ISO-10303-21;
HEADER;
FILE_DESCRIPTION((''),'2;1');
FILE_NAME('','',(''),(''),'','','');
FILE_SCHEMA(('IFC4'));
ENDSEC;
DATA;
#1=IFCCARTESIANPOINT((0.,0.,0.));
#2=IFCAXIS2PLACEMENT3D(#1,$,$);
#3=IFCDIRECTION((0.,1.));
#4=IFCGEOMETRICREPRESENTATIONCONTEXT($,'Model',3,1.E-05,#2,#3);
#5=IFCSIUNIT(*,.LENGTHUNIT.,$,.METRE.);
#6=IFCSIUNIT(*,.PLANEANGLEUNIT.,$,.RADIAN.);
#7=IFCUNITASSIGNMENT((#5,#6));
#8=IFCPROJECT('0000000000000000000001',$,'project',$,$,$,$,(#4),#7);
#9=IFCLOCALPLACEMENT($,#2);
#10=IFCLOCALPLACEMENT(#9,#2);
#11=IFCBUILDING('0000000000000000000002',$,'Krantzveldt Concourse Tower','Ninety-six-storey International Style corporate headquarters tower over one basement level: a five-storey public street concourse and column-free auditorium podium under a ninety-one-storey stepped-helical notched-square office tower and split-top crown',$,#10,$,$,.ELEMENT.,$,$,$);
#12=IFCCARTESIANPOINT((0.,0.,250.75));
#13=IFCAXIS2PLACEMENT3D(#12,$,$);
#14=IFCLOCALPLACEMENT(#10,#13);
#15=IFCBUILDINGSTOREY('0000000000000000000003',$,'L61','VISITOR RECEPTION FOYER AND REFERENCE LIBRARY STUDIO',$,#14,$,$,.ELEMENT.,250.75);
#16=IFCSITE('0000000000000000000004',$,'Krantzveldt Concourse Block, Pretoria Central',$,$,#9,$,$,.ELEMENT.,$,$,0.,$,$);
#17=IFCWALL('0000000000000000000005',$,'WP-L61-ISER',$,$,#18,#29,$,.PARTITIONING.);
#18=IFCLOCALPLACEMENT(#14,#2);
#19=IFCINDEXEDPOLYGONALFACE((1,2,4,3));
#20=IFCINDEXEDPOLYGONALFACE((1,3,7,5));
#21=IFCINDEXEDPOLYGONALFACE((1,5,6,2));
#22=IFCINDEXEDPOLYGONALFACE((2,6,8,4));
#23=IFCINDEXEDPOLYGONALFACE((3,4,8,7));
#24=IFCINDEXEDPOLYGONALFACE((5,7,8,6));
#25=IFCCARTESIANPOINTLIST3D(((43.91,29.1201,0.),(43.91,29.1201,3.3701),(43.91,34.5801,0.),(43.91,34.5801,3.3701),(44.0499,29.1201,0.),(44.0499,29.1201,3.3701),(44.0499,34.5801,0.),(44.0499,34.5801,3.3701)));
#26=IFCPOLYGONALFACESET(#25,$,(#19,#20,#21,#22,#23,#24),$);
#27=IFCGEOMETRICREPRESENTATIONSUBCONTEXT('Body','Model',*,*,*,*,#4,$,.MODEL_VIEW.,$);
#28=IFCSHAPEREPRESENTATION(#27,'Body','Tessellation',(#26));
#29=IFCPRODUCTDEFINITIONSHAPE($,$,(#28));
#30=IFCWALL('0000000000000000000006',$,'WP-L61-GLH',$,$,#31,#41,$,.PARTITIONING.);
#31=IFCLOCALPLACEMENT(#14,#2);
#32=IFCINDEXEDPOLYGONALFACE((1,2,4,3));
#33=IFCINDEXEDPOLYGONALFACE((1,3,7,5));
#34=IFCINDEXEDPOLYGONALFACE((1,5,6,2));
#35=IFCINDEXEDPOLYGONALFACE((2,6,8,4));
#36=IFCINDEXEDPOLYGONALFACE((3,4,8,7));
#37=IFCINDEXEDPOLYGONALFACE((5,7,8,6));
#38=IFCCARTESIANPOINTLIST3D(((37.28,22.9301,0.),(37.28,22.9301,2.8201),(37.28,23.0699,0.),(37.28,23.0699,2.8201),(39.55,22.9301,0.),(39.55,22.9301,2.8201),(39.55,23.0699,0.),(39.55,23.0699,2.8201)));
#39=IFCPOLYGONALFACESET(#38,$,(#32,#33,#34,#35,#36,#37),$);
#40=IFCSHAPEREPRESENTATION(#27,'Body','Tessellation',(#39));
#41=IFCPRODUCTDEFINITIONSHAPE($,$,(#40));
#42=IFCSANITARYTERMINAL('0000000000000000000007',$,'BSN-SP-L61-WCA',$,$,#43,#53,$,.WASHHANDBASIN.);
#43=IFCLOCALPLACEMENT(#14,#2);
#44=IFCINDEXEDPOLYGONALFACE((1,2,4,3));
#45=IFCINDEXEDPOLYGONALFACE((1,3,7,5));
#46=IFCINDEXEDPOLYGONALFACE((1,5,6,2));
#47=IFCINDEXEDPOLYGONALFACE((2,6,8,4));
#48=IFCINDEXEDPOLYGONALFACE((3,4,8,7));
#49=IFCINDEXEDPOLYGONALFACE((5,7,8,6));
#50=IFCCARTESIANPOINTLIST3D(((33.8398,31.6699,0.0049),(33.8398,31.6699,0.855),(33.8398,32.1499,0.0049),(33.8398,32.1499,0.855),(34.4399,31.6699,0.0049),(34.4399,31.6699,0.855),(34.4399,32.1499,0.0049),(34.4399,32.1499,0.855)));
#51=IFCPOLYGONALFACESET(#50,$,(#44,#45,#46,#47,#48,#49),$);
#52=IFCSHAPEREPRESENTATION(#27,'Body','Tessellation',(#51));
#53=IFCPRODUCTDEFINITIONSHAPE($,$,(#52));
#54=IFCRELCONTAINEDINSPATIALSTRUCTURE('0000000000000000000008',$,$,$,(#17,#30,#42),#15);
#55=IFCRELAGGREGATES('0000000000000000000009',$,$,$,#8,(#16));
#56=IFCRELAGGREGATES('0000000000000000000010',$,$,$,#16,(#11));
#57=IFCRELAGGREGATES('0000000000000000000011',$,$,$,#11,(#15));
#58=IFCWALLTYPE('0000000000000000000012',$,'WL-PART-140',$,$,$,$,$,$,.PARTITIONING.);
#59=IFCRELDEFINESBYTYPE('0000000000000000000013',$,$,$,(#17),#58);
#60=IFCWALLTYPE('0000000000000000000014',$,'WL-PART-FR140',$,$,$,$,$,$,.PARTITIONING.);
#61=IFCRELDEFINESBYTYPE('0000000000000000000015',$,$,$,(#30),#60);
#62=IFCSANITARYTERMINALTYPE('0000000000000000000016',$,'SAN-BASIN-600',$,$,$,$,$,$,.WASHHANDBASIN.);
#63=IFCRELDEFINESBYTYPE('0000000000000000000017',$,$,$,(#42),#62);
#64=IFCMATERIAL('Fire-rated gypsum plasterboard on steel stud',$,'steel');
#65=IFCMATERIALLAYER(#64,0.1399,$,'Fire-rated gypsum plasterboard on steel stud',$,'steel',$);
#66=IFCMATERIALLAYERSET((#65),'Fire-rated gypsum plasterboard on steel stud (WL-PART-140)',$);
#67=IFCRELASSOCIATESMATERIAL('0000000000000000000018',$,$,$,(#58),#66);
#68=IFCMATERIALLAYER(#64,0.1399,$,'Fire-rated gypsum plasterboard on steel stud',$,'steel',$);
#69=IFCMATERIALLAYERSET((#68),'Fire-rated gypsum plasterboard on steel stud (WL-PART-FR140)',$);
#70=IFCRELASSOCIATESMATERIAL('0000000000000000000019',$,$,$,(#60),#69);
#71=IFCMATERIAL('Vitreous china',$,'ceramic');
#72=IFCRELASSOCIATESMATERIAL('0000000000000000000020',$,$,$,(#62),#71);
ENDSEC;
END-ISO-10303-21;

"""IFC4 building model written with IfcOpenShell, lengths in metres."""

from ifc_helpers import new_model, si_unit, direction, frame, frame_2d, origin, origin_2d, place, context, subcontext, project, spatial, rectangle, extrude, source, transform, mapped, material, layer, layer_set, type_object, type_shapes, element, save


model = new_model("IFC4")

# Units and contexts
model_context = context("Model", 3, precision=1e-05, world=origin(), true_north=direction((0.0, 1.0)))
body_context = subcontext(model_context, "Body", "Model", "MODEL_VIEW")
ifc_project = project(units=[si_unit("LENGTHUNIT", "METRE"), si_unit("PLANEANGLEUNIT", "RADIAN")], contexts=[model_context])

# Site, building, storey
site_placement = place(None, origin())
site = spatial("IfcSite", under=ifc_project, at=site_placement, Name="Krantzveldt Concourse Block, Pretoria Central", CompositionType="ELEMENT", RefElevation=0.0)
building_placement = place(site_placement, origin())
building = spatial("IfcBuilding", under=site, at=building_placement, Name="Krantzveldt Concourse Tower", Description="Ninety-six-storey International Style corporate headquarters tower over one basement level: a five-storey public street concourse and column-free auditorium podium under a ninety-one-storey stepped-helical notched-square office tower and split-top crown", CompositionType="ELEMENT")
storey_placement = place(building_placement, frame((0.0, 0.0, 250.75)))
storey = spatial("IfcBuildingStorey", under=building, at=storey_placement, Name="L61", Description="VISITOR RECEPTION FOYER AND REFERENCE LIBRARY STUDIO", CompositionType="ELEMENT", Elevation=250.75)

# Shared definitions
ifc_material_1 = material(Name="Fire-rated gypsum plasterboard on steel stud", Category="steel")

# Shared definitions
ifc_layer_1 = layer(ifc_material_1, 0.1399, Name="Fire-rated gypsum plasterboard on steel stud", Category="steel")
ifc_layer_set_1 = layer_set([ifc_layer_1], Name="Fire-rated gypsum plasterboard on steel stud (WL-PART-140)")
wall_type_1 = type_object("IfcWallType", Name="WL-PART-140", PredefinedType="PARTITIONING", material=ifc_layer_set_1)

# Walls
wall_1_placement = place(storey_placement, frame((43.98, 29.1201, 0.0), z_axis=(0.0, 0.0, 1.0), x_axis=(0.0, 1.0, 0.0)))
element("IfcWall", 1, at=wall_1_placement, inside=storey, type_object=wall_type_1, Name="WP-L61-ISER", PredefinedType="PARTITIONING", context=body_context, shape_type="SweptSolid", body=[
    extrude(rectangle(XDim=5.46, YDim=0.1399, at=frame_2d((2.73, 0.0))), origin(), (0.0, 0.0, 1.0), 3.3701),
])
ifc_layer_2 = layer(ifc_material_1, 0.1399, Name="Fire-rated gypsum plasterboard on steel stud", Category="steel")
ifc_layer_set_2 = layer_set([ifc_layer_2], Name="Fire-rated gypsum plasterboard on steel stud (WL-PART-FR140)")
wall_type_2 = type_object("IfcWallType", Name="WL-PART-FR140", PredefinedType="PARTITIONING", material=ifc_layer_set_2)
wall_2_placement = place(storey_placement, frame((37.28, 23.0, 0.0), z_axis=(0.0, 0.0, 1.0), x_axis=(1.0, 0.0, 0.0)))
element("IfcWall", 2, at=wall_2_placement, inside=storey, type_object=wall_type_2, Name="WP-L61-GLH", PredefinedType="PARTITIONING", context=body_context, shape_type="SweptSolid", body=[
    extrude(rectangle(XDim=2.27, YDim=0.1399, at=frame_2d((1.135, 0.0))), origin(), (0.0, 0.0, 1.0), 2.8201),
])

# Sanitary terminal
ifc_material_2 = material(Name="Vitreous china", Category="ceramic")
sanitary_terminal_type = type_object("IfcSanitaryTerminalType", Name="SAN-BASIN-600", PredefinedType="WASHHANDBASIN", material=ifc_material_2)
shared_shape_1 = source(origin(), body_context, "Body", "SweptSolid", [
    extrude(rectangle(XDim=0.6001, YDim=0.48, at=origin_2d()), origin(), (0.0, 0.0, 1.0), 0.8501),
])
type_shapes(sanitary_terminal_type, [shared_shape_1])
sanitary_terminal_placement = place(storey_placement, frame((34.1399, 31.9099, 0.0049), z_axis=(0.0, 0.0, 1.0), x_axis=(1.0, 0.0, 0.0)))
element("IfcSanitaryTerminal", 3, at=sanitary_terminal_placement, inside=storey, type_object=sanitary_terminal_type, Name="BSN-SP-L61-WCA", PredefinedType="WASHHANDBASIN", context=body_context, shape_type="MappedRepresentation", body=[
    mapped(shared_shape_1, transform((0.0, 0.0, 0.0), x_axis=(1.0, 0.0, 0.0), y_axis=(0.0, 1.0, 0.0), z_axis=(0.0, 0.0, 1.0), scale=1.0)),
])

save(model, "model.ifc")
